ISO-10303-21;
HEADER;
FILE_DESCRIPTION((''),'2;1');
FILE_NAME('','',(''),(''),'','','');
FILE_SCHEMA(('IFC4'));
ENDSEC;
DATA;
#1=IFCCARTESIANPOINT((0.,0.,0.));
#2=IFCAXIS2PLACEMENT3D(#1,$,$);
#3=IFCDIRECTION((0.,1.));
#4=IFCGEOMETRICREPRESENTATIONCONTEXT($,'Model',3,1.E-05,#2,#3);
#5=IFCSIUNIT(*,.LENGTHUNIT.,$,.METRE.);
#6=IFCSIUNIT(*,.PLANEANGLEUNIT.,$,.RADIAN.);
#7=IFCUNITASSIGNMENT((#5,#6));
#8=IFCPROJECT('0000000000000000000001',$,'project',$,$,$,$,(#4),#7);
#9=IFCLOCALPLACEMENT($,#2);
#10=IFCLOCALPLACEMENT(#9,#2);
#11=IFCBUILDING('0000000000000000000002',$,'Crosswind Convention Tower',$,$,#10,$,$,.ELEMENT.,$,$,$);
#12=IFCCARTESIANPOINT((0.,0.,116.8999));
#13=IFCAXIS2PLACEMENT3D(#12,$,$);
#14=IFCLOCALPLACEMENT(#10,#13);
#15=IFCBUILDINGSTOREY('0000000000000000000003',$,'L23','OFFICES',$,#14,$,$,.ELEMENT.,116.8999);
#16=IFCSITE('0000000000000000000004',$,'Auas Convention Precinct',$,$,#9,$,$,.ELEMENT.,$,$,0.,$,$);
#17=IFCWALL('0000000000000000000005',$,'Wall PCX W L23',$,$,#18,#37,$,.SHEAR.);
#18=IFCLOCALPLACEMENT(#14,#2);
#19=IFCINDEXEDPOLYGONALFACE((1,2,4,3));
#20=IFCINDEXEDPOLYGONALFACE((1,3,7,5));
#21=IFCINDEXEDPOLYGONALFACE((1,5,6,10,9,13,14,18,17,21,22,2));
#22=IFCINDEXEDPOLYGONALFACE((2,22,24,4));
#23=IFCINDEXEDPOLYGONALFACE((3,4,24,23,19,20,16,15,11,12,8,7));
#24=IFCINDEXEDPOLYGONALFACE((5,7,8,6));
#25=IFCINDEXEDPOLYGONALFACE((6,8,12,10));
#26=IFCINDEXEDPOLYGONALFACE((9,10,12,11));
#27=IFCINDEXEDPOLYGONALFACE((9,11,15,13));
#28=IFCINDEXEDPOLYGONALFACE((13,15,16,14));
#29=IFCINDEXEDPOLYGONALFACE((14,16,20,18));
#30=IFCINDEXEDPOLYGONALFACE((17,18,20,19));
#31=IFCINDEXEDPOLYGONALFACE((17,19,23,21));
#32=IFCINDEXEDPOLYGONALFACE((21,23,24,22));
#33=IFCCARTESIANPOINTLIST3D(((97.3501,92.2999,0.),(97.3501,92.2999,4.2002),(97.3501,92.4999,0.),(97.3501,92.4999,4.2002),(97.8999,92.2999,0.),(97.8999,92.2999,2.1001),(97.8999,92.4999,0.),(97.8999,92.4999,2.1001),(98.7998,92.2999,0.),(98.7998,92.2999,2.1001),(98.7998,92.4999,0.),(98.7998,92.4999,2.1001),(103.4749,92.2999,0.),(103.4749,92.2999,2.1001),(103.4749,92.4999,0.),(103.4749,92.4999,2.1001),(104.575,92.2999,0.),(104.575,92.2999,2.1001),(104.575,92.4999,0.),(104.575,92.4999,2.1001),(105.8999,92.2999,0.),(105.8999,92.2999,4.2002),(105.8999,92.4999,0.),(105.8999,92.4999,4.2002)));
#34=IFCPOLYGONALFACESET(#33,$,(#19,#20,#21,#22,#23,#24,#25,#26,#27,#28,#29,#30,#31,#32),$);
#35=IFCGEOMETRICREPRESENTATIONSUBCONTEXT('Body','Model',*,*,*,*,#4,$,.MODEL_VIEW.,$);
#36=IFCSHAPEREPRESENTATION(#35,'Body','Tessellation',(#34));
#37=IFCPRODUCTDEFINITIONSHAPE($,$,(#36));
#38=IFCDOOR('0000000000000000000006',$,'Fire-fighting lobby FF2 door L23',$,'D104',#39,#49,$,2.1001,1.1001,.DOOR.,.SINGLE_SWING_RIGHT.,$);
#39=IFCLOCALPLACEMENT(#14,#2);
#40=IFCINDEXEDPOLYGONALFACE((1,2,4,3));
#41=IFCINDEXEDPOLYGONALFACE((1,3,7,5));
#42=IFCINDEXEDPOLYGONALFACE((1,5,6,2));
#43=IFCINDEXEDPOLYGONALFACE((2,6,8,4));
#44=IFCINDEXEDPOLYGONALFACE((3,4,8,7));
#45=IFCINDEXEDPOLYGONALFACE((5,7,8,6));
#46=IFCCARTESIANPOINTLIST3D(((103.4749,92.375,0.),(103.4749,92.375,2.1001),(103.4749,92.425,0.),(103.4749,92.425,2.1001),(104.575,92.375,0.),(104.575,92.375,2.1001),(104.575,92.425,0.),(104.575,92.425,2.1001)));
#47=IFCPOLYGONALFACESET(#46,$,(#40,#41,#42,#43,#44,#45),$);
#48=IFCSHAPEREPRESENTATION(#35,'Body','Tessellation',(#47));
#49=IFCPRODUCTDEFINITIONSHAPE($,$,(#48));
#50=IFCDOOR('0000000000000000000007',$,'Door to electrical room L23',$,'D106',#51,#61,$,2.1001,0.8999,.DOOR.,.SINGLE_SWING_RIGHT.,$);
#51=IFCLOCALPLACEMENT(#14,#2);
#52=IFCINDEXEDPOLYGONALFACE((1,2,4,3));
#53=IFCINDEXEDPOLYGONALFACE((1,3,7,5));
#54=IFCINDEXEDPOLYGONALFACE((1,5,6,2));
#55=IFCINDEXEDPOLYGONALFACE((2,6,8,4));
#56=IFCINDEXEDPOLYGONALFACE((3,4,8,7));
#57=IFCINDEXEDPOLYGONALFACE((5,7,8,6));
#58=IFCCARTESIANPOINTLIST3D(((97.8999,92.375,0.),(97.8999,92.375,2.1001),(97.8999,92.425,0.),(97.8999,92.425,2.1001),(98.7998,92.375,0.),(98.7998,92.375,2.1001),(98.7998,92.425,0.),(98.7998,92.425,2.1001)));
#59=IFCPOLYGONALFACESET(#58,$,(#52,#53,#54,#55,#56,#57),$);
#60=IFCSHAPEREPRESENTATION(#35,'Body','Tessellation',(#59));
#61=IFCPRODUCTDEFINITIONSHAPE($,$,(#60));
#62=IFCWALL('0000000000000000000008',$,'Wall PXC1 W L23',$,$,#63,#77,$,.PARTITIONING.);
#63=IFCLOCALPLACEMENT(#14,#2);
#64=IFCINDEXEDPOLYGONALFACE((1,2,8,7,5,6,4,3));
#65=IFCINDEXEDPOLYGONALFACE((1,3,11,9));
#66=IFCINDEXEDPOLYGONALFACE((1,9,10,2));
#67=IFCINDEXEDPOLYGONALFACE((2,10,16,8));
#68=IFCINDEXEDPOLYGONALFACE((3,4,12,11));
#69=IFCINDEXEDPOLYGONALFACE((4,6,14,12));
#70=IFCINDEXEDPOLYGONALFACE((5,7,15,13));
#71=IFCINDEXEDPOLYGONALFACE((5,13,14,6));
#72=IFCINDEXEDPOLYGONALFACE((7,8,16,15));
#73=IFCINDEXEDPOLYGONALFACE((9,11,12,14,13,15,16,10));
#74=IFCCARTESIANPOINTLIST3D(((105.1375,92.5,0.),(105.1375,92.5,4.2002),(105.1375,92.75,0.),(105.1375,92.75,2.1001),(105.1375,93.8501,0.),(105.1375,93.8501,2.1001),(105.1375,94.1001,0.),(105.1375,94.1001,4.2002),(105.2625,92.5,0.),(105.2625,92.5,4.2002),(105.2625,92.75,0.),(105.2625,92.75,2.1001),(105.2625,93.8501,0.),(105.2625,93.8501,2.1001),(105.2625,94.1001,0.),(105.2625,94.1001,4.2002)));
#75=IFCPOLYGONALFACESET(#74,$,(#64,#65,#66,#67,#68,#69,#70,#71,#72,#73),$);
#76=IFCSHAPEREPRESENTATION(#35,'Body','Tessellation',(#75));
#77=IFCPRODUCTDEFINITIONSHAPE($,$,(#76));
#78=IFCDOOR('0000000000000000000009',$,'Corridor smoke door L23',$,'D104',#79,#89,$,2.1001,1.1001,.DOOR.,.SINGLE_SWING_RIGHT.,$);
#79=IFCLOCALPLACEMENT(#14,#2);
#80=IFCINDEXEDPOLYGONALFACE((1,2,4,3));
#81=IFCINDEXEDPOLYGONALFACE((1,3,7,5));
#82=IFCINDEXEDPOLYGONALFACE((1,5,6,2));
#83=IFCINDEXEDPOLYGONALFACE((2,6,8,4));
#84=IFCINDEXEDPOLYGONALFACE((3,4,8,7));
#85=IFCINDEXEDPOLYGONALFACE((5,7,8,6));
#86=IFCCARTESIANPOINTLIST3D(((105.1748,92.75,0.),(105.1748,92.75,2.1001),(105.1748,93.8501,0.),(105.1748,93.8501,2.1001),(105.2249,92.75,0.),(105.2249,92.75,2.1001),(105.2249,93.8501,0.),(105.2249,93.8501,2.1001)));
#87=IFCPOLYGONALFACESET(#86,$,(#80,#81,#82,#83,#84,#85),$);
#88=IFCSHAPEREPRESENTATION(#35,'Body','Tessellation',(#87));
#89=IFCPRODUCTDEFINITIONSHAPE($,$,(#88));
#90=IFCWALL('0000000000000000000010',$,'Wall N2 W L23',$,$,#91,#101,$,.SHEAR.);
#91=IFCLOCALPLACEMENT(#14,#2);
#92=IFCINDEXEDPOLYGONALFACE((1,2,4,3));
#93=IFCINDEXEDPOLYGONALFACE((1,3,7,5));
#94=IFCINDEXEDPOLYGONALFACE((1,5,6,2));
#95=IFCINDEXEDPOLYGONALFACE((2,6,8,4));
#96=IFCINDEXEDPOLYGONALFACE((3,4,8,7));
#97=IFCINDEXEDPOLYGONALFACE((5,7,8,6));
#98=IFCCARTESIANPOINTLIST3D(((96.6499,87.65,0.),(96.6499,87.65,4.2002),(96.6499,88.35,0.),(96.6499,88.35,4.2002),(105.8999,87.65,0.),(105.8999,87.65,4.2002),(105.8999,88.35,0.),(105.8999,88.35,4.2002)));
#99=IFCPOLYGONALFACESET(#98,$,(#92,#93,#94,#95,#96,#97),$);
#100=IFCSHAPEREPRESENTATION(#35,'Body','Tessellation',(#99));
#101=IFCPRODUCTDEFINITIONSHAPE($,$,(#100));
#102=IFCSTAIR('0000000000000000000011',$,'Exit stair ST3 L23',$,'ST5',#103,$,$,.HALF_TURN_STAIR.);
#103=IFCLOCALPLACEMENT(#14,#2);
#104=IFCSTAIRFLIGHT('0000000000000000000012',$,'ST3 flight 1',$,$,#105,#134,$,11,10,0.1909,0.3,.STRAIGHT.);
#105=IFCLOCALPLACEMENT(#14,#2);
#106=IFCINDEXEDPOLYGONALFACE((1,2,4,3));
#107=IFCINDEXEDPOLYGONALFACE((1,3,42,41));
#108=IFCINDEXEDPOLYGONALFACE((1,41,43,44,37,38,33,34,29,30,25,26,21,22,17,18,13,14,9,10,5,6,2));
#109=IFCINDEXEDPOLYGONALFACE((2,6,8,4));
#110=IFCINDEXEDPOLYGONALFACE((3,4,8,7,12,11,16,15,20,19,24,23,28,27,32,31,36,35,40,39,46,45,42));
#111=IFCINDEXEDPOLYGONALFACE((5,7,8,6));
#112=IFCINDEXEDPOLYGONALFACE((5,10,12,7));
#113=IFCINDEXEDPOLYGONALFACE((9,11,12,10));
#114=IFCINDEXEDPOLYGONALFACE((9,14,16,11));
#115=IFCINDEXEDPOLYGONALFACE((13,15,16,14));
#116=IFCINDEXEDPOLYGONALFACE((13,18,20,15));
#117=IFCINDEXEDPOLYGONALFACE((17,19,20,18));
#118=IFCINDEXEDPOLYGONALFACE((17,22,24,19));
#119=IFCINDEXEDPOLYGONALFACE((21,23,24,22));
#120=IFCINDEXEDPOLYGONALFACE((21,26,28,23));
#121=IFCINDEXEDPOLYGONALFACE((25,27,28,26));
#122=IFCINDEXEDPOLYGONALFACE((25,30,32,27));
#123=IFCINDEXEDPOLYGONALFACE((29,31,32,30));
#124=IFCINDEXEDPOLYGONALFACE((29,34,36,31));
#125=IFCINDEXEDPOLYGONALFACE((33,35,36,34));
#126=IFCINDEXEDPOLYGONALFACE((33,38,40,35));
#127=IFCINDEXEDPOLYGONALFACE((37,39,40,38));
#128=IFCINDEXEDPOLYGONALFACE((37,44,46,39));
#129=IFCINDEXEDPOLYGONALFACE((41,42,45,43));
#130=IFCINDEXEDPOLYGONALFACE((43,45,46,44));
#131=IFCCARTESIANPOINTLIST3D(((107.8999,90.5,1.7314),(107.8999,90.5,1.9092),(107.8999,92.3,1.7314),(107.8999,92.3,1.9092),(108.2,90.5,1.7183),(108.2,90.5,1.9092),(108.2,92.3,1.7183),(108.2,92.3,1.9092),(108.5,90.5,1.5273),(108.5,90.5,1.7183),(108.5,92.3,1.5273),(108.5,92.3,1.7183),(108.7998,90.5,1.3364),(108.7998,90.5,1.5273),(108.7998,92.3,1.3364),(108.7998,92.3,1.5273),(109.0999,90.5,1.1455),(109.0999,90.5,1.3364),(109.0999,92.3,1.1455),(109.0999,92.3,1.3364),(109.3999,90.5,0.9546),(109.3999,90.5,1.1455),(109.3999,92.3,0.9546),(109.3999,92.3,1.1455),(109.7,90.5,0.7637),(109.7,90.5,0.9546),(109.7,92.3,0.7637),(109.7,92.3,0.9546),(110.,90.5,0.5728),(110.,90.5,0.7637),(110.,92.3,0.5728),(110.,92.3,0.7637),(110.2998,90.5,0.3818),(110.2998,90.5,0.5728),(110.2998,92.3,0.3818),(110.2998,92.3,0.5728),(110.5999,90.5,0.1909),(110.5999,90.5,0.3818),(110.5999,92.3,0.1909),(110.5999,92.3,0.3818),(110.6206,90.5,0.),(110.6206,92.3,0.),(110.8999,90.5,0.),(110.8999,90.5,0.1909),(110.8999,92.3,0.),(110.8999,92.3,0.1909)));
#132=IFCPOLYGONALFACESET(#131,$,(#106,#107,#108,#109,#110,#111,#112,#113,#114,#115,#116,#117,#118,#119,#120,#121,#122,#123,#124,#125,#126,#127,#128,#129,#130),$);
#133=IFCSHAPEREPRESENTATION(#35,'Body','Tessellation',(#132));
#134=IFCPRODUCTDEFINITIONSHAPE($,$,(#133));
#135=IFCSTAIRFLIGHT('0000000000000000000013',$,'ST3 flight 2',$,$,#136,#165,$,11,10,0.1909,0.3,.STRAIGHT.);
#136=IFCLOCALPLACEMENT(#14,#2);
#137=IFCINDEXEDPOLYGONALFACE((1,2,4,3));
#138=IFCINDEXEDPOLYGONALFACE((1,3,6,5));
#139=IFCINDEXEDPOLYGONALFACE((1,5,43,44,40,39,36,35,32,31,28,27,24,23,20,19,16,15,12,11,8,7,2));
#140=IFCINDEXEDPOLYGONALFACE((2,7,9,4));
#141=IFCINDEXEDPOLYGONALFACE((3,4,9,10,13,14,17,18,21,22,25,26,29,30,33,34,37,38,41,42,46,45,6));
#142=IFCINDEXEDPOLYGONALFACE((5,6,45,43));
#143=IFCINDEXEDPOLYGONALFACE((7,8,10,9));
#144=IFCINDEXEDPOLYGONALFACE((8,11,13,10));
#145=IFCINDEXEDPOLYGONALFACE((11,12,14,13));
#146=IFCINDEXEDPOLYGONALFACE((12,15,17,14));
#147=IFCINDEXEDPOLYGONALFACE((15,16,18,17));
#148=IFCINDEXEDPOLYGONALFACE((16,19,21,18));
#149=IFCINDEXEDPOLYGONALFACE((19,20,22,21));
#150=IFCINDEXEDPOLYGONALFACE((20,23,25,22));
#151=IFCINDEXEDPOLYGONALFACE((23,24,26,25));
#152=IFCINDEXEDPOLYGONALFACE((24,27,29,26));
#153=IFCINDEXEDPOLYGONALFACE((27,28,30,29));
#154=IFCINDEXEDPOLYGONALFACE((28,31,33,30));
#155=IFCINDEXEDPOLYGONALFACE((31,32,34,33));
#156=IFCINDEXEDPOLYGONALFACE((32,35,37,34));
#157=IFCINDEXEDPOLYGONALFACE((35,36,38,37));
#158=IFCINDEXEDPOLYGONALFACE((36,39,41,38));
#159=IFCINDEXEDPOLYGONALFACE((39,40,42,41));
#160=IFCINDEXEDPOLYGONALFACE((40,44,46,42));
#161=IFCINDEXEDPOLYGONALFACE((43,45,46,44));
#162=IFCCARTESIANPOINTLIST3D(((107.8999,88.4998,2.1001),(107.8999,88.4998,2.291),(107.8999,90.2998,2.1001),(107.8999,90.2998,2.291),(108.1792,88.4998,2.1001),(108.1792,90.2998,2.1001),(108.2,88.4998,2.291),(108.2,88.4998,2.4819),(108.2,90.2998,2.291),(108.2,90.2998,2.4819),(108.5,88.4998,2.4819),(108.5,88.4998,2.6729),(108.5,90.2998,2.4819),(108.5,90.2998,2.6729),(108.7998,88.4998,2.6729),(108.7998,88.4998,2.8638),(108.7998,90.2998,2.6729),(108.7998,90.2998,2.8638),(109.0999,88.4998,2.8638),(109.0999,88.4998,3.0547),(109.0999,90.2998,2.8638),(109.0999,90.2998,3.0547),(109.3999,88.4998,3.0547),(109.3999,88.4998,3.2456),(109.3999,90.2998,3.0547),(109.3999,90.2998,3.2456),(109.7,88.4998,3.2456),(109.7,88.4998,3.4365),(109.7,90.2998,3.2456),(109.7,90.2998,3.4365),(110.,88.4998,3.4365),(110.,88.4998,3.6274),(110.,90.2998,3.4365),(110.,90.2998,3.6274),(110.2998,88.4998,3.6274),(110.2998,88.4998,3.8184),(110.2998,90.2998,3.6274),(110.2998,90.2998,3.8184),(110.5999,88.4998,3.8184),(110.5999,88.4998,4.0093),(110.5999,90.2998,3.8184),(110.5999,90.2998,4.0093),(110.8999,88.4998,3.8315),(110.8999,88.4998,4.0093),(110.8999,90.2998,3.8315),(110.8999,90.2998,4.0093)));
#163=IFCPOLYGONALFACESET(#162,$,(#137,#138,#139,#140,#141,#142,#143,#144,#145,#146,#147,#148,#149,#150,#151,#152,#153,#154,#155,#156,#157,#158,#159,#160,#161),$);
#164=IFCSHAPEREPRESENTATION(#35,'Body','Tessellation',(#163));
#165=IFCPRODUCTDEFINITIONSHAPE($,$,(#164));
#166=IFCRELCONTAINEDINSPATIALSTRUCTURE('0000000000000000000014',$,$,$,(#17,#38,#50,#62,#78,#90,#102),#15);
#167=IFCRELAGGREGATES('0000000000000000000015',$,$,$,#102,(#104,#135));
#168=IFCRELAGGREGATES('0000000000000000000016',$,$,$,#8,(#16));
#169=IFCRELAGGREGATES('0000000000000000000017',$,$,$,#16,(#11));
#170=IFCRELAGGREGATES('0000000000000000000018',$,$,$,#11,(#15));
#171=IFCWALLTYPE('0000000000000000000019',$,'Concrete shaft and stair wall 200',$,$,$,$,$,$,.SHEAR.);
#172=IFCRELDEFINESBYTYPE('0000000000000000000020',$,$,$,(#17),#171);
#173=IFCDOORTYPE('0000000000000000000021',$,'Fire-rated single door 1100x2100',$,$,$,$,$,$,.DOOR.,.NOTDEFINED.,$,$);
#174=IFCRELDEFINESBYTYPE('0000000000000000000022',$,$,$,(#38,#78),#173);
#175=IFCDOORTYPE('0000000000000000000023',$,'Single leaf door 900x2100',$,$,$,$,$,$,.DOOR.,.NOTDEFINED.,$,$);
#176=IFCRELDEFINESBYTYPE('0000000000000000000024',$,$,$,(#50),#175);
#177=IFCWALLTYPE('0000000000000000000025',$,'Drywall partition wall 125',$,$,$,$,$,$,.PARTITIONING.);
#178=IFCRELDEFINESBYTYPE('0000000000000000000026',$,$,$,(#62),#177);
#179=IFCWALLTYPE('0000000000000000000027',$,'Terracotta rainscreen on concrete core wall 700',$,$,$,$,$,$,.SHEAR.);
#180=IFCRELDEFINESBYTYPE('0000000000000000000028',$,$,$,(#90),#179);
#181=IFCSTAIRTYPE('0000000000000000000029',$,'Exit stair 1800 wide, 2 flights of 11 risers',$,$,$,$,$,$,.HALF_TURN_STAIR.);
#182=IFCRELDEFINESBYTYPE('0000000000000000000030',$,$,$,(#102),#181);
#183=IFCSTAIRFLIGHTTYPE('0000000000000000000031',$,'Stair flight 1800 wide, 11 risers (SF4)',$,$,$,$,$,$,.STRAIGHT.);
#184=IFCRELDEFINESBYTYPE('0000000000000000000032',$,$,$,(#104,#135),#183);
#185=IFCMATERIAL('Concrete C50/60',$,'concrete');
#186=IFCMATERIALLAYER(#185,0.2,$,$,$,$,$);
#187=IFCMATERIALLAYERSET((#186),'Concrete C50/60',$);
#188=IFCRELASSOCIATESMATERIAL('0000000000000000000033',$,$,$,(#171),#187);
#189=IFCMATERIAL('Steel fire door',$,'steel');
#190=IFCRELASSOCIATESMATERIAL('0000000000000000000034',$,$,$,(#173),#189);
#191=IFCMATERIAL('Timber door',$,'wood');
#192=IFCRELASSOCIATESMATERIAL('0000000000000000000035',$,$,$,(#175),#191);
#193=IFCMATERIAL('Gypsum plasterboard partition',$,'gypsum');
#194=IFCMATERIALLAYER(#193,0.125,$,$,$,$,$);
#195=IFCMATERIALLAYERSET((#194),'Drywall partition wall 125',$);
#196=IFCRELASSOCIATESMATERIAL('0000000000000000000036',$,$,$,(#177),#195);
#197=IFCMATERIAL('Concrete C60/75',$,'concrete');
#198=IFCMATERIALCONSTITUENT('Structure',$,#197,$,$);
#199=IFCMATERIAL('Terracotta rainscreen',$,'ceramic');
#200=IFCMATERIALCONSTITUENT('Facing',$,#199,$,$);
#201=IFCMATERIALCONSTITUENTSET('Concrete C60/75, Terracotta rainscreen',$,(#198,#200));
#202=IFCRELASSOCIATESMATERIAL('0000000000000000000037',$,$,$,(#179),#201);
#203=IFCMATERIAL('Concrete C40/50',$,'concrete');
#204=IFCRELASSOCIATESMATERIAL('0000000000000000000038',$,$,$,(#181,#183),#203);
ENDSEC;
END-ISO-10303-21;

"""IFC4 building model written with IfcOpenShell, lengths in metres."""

from ifc_helpers import new_model, si_unit, direction, frame, frame_2d, origin, place, context, subcontext, project, spatial, polyline, rectangle, outline, extrude, material, layer, layer_set, constituent, constituent_set, type_object, element, fill, aggregate, save


model = new_model("IFC4")

# Units and contexts
model_context = context("Model", 3, precision=1e-05, world=origin(), true_north=direction((0.0, 1.0)))
body_context = subcontext(model_context, "Body", "Model", "MODEL_VIEW")
ifc_project = project(units=[si_unit("LENGTHUNIT", "METRE"), si_unit("PLANEANGLEUNIT", "RADIAN")], contexts=[model_context])

# Site, building, storey
site_placement = place(None, origin())
site = spatial("IfcSite", under=ifc_project, at=site_placement, Name="Auas Convention Precinct", CompositionType="ELEMENT", RefElevation=0.0)
building_placement = place(site_placement, origin())
building = spatial("IfcBuilding", under=site, at=building_placement, Name="Crosswind Convention Tower", CompositionType="ELEMENT")
storey_placement = place(building_placement, frame((0.0, 0.0, 116.8999)))
storey = spatial("IfcBuildingStorey", under=building, at=storey_placement, Name="L23", Description="OFFICES", CompositionType="ELEMENT", Elevation=116.8999)

# Shared definitions
ifc_material_1 = material(Name="Concrete C50/60", Category="concrete")
ifc_layer_1 = layer(ifc_material_1, 0.2)
ifc_layer_set_1 = layer_set([ifc_layer_1], Name="Concrete C50/60")
wall_type_1 = type_object("IfcWallType", Name="Concrete shaft and stair wall 200", PredefinedType="SHEAR", material=ifc_layer_set_1)

# Wall, openings, doors
wall_1_placement = place(storey_placement, frame((105.8999, 92.3999, 0.0), z_axis=(0.0, 0.0, 1.0), x_axis=(-1.0, 0.0, 0.0)))
wall_1 = element("IfcWall", 1, at=wall_1_placement, inside=storey, type_object=wall_type_1, Name="Wall PCX W L23", PredefinedType="SHEAR", context=body_context, shape_type="SweptSolid", body=[
    extrude(rectangle(XDim=8.5498, YDim=0.2, at=frame_2d((4.2749, 0.0))), origin(), (0.0, 0.0, 1.0), 4.2002),
])
opening_1_placement = place(wall_1_placement, frame((1.325, 0.0, 0.0)))
opening_1 = element("IfcOpeningElement", 2, at=opening_1_placement, cuts=wall_1, PredefinedType="OPENING", context=body_context, shape_type="SweptSolid", body=[
    extrude(rectangle(XDim=1.1001, YDim=2.1001, at=frame_2d((0.55, 1.05))), frame((0.0, 0.1099, 0.0), z_axis=(0.0, -1.0, 0.0), x_axis=(1.0, 0.0, 0.0)), (0.0, 0.0, 1.0), 0.22),
])
opening_2_placement = place(wall_1_placement, frame((7.1001, 0.0, 0.0)))
opening_2 = element("IfcOpeningElement", 3, at=opening_2_placement, cuts=wall_1, PredefinedType="OPENING", context=body_context, shape_type="SweptSolid", body=[
    extrude(rectangle(XDim=0.8999, YDim=2.1001, at=frame_2d((0.45, 1.05))), frame((0.0, 0.1099, 0.0), z_axis=(0.0, -1.0, 0.0), x_axis=(1.0, 0.0, 0.0)), (0.0, 0.0, 1.0), 0.22),
])
ifc_material_2 = material(Name="Steel fire door", Category="steel")
door_type_1 = type_object("IfcDoorType", Name="Fire-rated single door 1100x2100", OperationType="NOTDEFINED", PredefinedType="DOOR", material=ifc_material_2)
door_1_placement = place(opening_1_placement, origin())
door_1 = element("IfcDoor", 4, at=door_1_placement, inside=storey, type_object=door_type_1, Name="Fire-fighting lobby FF2 door L23", ObjectType="D104", OperationType="SINGLE_SWING_RIGHT", OverallHeight=2.1001, OverallWidth=1.1001, PredefinedType="DOOR", context=body_context, shape_type="SweptSolid", body=[
    extrude(rectangle(XDim=1.1001, YDim=2.1001, at=frame_2d((0.55, 1.05))), frame((0.0, 0.0249, 0.0), z_axis=(0.0, -1.0, 0.0), x_axis=(1.0, 0.0, 0.0)), (0.0, 0.0, 1.0), 0.05),
])
fill(opening_1, door_1)
ifc_material_3 = material(Name="Timber door", Category="wood")
door_type_2 = type_object("IfcDoorType", Name="Single leaf door 900x2100", OperationType="NOTDEFINED", PredefinedType="DOOR", material=ifc_material_3)
door_2_placement = place(opening_2_placement, origin())
door_2 = element("IfcDoor", 5, at=door_2_placement, inside=storey, type_object=door_type_2, Name="Door to electrical room L23", ObjectType="D106", OperationType="SINGLE_SWING_RIGHT", OverallHeight=2.1001, OverallWidth=0.8999, PredefinedType="DOOR", context=body_context, shape_type="SweptSolid", body=[
    extrude(rectangle(XDim=0.8999, YDim=2.1001, at=frame_2d((0.45, 1.05))), frame((0.0, 0.0249, 0.0), z_axis=(0.0, -1.0, 0.0), x_axis=(1.0, 0.0, 0.0)), (0.0, 0.0, 1.0), 0.05),
])
fill(opening_2, door_2)

# Wall, opening, door
ifc_material_4 = material(Name="Gypsum plasterboard partition", Category="gypsum")
ifc_layer_2 = layer(ifc_material_4, 0.125)
ifc_layer_set_2 = layer_set([ifc_layer_2], Name="Drywall partition wall 125")
wall_type_2 = type_object("IfcWallType", Name="Drywall partition wall 125", PredefinedType="PARTITIONING", material=ifc_layer_set_2)
wall_2_placement = place(storey_placement, frame((105.2, 94.1001, 0.0), z_axis=(0.0, 0.0, 1.0), x_axis=(0.0, -1.0, 0.0)))
wall_2 = element("IfcWall", 6, at=wall_2_placement, inside=storey, type_object=wall_type_2, Name="Wall PXC1 W L23", PredefinedType="PARTITIONING", context=body_context, shape_type="SweptSolid", body=[
    extrude(rectangle(XDim=1.6001, YDim=0.125, at=frame_2d((0.8, 0.0))), origin(), (0.0, 0.0, 1.0), 4.2002),
])
opening_3_placement = place(wall_2_placement, frame((0.25, 0.0, 0.0)))
opening_3 = element("IfcOpeningElement", 7, at=opening_3_placement, cuts=wall_2, PredefinedType="OPENING", context=body_context, shape_type="SweptSolid", body=[
    extrude(rectangle(XDim=1.1001, YDim=2.1001, at=frame_2d((0.55, 1.05))), frame((0.0, 0.0725, 0.0), z_axis=(0.0, -1.0, 0.0), x_axis=(1.0, 0.0, 0.0)), (0.0, 0.0, 1.0), 0.145),
])
door_3_placement = place(opening_3_placement, origin())
door_3 = element("IfcDoor", 8, at=door_3_placement, inside=storey, type_object=door_type_1, Name="Corridor smoke door L23", ObjectType="D104", OperationType="SINGLE_SWING_RIGHT", OverallHeight=2.1001, OverallWidth=1.1001, PredefinedType="DOOR", context=body_context, shape_type="SweptSolid", body=[
    extrude(rectangle(XDim=1.1001, YDim=2.1001, at=frame_2d((0.55, 1.05))), frame((0.0, 0.0249, 0.0), z_axis=(0.0, -1.0, 0.0), x_axis=(1.0, 0.0, 0.0)), (0.0, 0.0, 1.0), 0.05),
])
fill(opening_3, door_3)

# Wall
ifc_material_5 = material(Name="Concrete C60/75", Category="concrete")
ifc_constituent_1 = constituent(ifc_material_5, Name="Structure")
ifc_material_6 = material(Name="Terracotta rainscreen", Category="ceramic")
ifc_constituent_2 = constituent(ifc_material_6, Name="Facing")
ifc_constituent_set = constituent_set(constituents=[ifc_constituent_1, ifc_constituent_2], Name="Concrete C60/75, Terracotta rainscreen")
wall_type_3 = type_object("IfcWallType", Name="Terracotta rainscreen on concrete core wall 700", PredefinedType="SHEAR", material=ifc_constituent_set)
wall_3_placement = place(storey_placement, frame((105.8999, 88.0, 0.0), z_axis=(0.0, 0.0, 1.0), x_axis=(-1.0, 0.0, 0.0)))
element("IfcWall", 9, at=wall_3_placement, inside=storey, type_object=wall_type_3, Name="Wall N2 W L23", PredefinedType="SHEAR", context=body_context, shape_type="SweptSolid", body=[
    extrude(rectangle(XDim=9.25, YDim=0.7, at=frame_2d((4.625, 0.0))), origin(), (0.0, 0.0, 1.0), 4.2002),
])

# Stair, stair flights
ifc_material_7 = material(Name="Concrete C40/50", Category="concrete")
stair_type = type_object("IfcStairType", Name="Exit stair 1800 wide, 2 flights of 11 risers", PredefinedType="HALF_TURN_STAIR", material=ifc_material_7)
stair_placement = place(storey_placement, origin())
stair = element("IfcStair", 10, at=stair_placement, inside=storey, type_object=stair_type, Name="Exit stair ST3 L23", ObjectType="ST5", PredefinedType="HALF_TURN_STAIR")
stair_flight_type = type_object("IfcStairFlightType", Name="Stair flight 1800 wide, 11 risers (SF4)", PredefinedType="STRAIGHT", material=ifc_material_7)
stair_flight_1_placement = place(storey_placement, frame((110.8999, 91.3999, 0.0), z_axis=(0.0, 0.0, 1.0), x_axis=(-1.0, 0.0, 0.0)))
stair_flight_1 = element("IfcStairFlight", 11, at=stair_flight_1_placement, type_object=stair_flight_type, Name="ST3 flight 1", NumberOfRisers=11, NumberOfTreads=10, PredefinedType="STRAIGHT", RiserHeight=0.1909, TreadLength=0.3, context=body_context, shape_type="SweptSolid", body=[
    extrude(outline(polyline([(0.0, 0.0), (0.0, 0.1909), (0.3, 0.1909), (0.3, 0.3818), (0.6001, 0.3818), (0.6001, 0.5728), (0.8999, 0.5728), (0.8999, 0.7637), (1.2, 0.7637), (1.2, 0.9546), (1.5, 0.9546), (1.5, 1.1455), (1.8, 1.1455), (1.8, 1.3364), (2.1001, 1.3364), (2.1001, 1.5273), (2.3999, 1.5273), (2.3999, 1.7183), (2.7, 1.7183), (2.7, 1.9092), (3.0, 1.9092), (3.0, 2.1001), (3.0, 1.7314), (0.2793, 0.0), (0.0, 0.0)])), frame((0.0, 0.8999, 0.0), z_axis=(0.0, -1.0, 0.0), x_axis=(1.0, 0.0, 0.0)), (0.0, 0.0, 1.0), 1.8),
])
stair_flight_2_placement = place(storey_placement, frame((107.8999, 89.3999, 2.1001), z_axis=(0.0, 0.0, 1.0), x_axis=(1.0, 0.0, 0.0)))
stair_flight_2 = element("IfcStairFlight", 12, at=stair_flight_2_placement, type_object=stair_flight_type, Name="ST3 flight 2", NumberOfRisers=11, NumberOfTreads=10, PredefinedType="STRAIGHT", RiserHeight=0.1909, TreadLength=0.3, context=body_context, shape_type="SweptSolid", body=[
    extrude(outline(polyline([(0.0, 0.0), (0.0, 0.1909), (0.3, 0.1909), (0.3, 0.3818), (0.6001, 0.3818), (0.6001, 0.5728), (0.8999, 0.5728), (0.8999, 0.7637), (1.2, 0.7637), (1.2, 0.9546), (1.5, 0.9546), (1.5, 1.1455), (1.8, 1.1455), (1.8, 1.3364), (2.1001, 1.3364), (2.1001, 1.5273), (2.3999, 1.5273), (2.3999, 1.7183), (2.7, 1.7183), (2.7, 1.9092), (3.0, 1.9092), (3.0, 2.1001), (3.0, 1.7314), (0.2793, 0.0), (0.0, 0.0)])), frame((0.0, 0.8999, 0.0), z_axis=(0.0, -1.0, 0.0), x_axis=(1.0, 0.0, 0.0)), (0.0, 0.0, 1.0), 1.8),
])
aggregate(stair, [stair_flight_1, stair_flight_2])

save(model, "model.ifc")
